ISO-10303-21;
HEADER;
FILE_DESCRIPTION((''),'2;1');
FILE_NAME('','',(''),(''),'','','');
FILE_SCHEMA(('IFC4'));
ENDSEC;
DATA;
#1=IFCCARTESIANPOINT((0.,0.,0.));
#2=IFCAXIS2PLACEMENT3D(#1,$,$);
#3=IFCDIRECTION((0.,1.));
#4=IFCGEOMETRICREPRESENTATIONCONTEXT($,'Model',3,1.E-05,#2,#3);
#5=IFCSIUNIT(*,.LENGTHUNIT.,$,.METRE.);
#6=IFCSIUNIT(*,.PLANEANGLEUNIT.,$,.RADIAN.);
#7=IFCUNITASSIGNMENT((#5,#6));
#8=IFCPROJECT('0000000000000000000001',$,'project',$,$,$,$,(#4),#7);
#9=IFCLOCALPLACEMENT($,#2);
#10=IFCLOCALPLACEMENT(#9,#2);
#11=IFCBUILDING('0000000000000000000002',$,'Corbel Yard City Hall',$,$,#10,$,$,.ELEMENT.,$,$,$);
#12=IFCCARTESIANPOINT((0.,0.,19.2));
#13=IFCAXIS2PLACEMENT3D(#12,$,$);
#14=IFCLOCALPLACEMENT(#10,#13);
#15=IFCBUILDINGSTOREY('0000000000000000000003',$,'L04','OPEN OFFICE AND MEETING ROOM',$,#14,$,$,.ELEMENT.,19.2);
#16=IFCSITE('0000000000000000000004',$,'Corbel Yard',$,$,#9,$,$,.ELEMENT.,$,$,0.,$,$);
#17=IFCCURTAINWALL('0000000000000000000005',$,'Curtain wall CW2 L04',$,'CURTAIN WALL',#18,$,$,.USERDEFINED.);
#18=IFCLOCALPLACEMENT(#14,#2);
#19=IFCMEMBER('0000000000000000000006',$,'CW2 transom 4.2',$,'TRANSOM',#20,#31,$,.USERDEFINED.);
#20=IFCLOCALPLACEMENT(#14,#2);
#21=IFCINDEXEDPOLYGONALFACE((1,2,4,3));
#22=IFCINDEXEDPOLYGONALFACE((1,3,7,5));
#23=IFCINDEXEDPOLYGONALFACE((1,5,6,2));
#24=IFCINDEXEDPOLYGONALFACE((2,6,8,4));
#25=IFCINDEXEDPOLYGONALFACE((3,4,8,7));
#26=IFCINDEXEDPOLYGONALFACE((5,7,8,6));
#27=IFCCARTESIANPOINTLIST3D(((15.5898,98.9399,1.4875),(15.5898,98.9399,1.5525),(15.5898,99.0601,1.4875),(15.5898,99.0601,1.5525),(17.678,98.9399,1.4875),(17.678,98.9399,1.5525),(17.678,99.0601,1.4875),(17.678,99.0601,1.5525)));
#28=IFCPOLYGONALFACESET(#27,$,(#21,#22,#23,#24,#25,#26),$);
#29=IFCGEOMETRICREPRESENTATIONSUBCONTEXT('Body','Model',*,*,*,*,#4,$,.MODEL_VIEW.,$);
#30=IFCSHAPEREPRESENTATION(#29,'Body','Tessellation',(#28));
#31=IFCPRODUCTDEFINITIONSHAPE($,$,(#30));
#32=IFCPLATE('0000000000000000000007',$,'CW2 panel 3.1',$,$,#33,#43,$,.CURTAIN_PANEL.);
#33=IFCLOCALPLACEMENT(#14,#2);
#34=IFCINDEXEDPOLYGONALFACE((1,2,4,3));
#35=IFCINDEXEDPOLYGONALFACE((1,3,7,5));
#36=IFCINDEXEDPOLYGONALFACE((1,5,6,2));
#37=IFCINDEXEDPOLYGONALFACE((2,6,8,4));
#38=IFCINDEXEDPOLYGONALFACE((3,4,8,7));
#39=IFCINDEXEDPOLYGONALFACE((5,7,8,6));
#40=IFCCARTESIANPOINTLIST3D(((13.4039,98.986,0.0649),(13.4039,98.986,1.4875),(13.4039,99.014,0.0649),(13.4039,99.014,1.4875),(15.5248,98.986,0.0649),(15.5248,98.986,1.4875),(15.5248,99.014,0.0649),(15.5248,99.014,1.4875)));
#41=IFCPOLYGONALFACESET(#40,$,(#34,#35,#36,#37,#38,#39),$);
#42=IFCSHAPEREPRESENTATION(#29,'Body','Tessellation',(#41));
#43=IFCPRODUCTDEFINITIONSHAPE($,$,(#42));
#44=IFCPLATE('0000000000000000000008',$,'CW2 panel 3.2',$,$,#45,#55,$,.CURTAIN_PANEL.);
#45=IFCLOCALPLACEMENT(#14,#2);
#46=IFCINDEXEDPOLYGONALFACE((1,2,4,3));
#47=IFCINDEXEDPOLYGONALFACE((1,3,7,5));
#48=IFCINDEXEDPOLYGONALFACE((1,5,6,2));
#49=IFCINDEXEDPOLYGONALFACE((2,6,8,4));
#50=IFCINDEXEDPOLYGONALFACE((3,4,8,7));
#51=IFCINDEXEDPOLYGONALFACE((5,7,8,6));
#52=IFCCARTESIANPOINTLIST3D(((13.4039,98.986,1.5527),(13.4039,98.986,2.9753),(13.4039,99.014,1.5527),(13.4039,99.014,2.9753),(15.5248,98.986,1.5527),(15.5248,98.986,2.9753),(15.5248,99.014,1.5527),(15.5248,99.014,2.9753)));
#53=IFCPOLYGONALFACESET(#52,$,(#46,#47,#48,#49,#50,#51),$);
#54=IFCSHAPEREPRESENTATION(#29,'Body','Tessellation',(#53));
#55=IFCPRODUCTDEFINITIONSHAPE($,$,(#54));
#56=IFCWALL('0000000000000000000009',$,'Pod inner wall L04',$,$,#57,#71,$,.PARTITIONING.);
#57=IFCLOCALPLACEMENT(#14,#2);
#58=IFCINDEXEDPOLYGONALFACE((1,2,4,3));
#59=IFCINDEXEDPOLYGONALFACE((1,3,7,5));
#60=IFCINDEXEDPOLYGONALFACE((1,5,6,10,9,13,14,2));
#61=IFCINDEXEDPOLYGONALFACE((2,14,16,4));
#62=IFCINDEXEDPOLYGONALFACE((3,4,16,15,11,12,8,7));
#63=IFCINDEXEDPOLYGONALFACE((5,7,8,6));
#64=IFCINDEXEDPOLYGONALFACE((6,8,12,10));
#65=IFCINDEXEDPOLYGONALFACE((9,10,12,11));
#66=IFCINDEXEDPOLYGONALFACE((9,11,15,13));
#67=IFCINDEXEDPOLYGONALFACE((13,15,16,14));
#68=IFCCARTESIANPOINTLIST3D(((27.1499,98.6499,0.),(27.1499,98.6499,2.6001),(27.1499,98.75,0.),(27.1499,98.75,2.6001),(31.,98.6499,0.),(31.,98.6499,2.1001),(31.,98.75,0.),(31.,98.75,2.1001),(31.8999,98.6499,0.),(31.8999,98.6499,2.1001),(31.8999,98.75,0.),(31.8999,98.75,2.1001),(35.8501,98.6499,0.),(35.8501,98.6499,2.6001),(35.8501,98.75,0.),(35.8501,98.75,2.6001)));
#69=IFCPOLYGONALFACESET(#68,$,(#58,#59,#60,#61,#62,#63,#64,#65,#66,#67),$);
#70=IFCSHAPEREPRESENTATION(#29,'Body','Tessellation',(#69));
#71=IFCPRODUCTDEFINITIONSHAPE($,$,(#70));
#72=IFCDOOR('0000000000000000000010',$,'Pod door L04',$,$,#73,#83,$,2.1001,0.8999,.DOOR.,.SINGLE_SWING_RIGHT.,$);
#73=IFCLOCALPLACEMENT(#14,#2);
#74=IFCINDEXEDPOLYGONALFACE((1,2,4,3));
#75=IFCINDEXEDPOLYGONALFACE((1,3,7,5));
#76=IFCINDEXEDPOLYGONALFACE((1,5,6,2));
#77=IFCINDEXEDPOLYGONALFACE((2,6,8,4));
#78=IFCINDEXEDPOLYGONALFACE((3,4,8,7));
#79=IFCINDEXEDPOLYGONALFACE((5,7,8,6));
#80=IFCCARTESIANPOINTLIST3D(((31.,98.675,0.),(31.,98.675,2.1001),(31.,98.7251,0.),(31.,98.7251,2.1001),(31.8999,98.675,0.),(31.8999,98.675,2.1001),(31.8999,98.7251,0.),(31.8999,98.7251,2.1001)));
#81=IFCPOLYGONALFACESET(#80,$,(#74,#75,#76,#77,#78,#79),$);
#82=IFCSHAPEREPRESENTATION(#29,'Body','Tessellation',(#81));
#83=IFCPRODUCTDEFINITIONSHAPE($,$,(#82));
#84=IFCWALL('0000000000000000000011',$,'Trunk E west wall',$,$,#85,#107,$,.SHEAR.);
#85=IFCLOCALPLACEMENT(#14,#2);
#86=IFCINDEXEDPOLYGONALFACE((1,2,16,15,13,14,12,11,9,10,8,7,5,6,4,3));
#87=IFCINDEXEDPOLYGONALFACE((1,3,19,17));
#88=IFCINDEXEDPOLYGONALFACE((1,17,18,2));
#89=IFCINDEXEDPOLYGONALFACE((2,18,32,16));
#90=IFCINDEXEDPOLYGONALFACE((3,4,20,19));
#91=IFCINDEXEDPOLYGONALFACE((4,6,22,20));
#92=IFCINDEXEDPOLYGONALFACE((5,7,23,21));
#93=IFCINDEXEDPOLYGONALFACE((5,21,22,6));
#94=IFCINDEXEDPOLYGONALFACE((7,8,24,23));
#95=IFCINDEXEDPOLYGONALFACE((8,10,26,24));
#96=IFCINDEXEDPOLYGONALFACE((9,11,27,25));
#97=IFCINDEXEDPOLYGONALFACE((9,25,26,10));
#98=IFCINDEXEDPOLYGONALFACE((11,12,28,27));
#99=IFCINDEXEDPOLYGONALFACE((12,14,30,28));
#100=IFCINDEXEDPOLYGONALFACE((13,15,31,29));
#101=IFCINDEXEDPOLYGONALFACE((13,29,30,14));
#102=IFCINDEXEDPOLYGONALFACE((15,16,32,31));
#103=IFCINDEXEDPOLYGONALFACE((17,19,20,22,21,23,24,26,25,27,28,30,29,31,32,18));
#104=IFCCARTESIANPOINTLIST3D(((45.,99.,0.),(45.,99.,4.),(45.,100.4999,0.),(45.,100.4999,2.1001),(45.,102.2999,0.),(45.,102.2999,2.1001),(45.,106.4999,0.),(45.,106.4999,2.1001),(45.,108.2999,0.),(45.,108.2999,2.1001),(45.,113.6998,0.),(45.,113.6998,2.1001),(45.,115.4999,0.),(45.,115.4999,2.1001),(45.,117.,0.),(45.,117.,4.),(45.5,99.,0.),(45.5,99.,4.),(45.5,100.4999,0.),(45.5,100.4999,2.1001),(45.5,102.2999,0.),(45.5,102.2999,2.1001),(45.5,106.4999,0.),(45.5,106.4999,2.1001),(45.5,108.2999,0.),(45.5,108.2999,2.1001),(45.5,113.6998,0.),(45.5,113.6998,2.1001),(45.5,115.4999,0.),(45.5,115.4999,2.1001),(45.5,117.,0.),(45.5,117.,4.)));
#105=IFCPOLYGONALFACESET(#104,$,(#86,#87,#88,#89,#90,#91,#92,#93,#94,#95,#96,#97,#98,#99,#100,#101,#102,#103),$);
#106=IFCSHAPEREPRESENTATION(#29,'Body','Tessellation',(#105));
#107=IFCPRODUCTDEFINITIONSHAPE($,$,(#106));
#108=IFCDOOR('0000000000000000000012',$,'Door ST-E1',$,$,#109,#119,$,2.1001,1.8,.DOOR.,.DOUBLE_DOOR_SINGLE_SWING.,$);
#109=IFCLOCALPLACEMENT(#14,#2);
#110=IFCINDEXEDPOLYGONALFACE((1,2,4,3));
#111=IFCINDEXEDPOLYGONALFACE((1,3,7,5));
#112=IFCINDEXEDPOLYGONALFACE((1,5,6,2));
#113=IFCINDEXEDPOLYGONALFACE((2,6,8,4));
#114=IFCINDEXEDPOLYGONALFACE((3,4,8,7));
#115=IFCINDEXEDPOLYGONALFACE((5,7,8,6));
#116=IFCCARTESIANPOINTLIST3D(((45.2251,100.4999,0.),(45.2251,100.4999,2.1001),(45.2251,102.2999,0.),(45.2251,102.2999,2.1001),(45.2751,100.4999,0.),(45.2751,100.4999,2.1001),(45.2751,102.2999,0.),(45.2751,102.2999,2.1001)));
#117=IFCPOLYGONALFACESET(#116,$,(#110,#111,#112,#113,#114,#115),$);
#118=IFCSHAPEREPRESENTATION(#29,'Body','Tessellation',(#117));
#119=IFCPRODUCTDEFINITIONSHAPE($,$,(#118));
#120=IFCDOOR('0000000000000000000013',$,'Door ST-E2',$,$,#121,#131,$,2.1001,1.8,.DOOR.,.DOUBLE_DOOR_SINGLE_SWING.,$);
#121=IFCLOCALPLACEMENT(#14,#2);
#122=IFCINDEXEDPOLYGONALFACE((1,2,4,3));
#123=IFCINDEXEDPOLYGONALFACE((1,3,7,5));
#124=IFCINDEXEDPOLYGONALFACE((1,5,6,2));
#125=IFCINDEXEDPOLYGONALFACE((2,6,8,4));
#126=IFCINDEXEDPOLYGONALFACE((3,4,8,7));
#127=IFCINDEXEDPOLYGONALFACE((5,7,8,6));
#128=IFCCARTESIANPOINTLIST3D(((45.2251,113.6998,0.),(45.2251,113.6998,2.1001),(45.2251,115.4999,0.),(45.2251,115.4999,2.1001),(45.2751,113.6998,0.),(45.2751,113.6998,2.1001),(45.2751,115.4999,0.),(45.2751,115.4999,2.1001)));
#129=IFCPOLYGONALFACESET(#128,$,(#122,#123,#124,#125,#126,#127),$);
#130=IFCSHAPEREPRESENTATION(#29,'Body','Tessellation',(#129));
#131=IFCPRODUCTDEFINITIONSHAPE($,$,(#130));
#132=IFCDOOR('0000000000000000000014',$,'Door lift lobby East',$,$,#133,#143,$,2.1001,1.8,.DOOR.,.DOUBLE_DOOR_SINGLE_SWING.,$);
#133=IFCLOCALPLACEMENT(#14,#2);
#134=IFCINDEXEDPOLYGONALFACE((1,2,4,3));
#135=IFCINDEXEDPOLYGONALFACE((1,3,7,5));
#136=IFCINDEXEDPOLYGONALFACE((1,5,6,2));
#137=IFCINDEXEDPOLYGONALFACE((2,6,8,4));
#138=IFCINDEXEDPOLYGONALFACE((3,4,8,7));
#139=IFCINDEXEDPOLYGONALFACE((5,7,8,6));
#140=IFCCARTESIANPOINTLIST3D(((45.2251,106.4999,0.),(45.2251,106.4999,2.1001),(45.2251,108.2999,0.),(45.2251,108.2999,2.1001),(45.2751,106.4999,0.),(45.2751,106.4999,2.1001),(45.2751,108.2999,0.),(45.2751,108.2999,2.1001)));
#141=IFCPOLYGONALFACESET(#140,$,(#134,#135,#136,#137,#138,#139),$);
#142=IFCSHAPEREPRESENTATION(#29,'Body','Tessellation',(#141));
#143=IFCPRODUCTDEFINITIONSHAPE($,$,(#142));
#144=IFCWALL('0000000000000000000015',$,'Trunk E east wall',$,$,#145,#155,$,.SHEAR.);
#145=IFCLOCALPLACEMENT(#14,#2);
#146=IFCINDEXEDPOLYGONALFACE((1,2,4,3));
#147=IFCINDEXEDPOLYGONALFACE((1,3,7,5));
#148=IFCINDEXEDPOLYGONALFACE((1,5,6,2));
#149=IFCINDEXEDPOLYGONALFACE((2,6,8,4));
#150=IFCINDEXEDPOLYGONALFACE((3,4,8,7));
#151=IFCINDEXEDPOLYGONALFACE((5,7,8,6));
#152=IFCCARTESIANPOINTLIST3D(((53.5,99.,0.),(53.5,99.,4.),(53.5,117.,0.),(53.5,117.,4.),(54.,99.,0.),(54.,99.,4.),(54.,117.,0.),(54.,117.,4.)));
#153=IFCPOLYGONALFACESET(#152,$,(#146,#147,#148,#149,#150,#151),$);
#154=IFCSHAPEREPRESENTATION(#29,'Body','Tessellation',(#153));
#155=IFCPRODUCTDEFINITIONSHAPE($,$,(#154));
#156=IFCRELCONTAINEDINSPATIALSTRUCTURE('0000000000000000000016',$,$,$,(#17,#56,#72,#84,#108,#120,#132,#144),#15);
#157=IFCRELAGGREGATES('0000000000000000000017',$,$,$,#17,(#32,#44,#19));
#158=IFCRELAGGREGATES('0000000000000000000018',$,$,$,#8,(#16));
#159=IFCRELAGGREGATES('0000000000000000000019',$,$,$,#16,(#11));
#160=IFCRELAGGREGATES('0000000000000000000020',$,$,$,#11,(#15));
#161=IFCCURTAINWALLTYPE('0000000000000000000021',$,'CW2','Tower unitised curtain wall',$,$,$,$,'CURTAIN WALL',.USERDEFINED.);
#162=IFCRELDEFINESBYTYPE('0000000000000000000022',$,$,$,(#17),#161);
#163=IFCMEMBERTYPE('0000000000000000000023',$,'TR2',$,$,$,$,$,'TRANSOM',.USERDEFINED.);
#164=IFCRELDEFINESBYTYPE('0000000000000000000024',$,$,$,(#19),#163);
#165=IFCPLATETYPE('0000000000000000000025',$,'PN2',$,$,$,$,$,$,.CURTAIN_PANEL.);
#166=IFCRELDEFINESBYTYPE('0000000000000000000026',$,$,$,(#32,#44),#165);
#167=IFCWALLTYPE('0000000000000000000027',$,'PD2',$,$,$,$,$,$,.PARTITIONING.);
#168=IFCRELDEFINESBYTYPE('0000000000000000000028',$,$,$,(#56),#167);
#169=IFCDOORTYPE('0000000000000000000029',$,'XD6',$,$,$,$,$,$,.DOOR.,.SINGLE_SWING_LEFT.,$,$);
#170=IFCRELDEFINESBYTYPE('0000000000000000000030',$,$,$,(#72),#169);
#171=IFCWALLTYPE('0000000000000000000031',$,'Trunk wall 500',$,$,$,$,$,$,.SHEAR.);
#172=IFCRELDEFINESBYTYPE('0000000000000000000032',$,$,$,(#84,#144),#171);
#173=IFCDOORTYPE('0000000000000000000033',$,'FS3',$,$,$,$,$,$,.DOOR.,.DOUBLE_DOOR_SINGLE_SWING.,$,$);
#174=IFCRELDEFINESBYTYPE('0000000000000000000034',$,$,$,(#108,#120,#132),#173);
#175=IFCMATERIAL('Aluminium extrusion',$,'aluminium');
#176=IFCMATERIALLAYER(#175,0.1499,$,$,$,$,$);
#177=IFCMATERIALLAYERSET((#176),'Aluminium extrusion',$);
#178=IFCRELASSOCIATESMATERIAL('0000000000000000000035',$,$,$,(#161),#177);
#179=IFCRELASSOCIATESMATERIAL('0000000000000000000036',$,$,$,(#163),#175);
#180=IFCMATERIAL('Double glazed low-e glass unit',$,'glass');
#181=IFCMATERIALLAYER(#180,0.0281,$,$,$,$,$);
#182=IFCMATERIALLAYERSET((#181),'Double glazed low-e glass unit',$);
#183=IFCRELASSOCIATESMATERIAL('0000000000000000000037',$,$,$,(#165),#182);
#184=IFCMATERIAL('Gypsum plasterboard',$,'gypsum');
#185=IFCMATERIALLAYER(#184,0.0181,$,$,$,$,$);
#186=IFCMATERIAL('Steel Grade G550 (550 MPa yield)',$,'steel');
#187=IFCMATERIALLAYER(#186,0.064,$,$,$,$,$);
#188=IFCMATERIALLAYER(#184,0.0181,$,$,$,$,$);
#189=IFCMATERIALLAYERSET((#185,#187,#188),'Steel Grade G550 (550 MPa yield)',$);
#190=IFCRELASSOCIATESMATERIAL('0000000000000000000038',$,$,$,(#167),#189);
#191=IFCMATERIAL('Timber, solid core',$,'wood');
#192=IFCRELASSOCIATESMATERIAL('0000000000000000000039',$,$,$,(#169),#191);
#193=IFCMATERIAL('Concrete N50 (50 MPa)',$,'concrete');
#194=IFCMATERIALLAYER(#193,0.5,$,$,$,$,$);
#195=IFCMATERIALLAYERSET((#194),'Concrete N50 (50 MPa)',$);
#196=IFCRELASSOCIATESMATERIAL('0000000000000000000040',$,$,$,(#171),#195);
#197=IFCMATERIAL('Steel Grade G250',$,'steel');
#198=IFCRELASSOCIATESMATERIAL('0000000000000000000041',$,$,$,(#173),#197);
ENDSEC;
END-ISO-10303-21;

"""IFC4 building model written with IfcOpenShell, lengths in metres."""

from ifc_helpers import new_model, si_unit, direction, frame, frame_2d, origin, origin_2d, place, context, subcontext, project, spatial, rectangle, extrude, material, layer, layer_set, material_profile, profile_set, type_object, element, fill, aggregate, save


model = new_model("IFC4")

# Units and contexts
model_context = context("Model", 3, precision=1e-05, world=origin(), true_north=direction((0.0, 1.0)))
body_context = subcontext(model_context, "Body", "Model", "MODEL_VIEW")
ifc_project = project(units=[si_unit("LENGTHUNIT", "METRE"), si_unit("PLANEANGLEUNIT", "RADIAN")], contexts=[model_context])

# Site, building, storey
site_placement = place(None, origin())
site = spatial("IfcSite", under=ifc_project, at=site_placement, Name="Corbel Yard", CompositionType="ELEMENT", RefElevation=0.0)
building_placement = place(site_placement, origin())
building = spatial("IfcBuilding", under=site, at=building_placement, Name="Corbel Yard City Hall", CompositionType="ELEMENT")
storey_placement = place(building_placement, frame((0.0, 0.0, 19.2)))
storey = spatial("IfcBuildingStorey", under=building, at=storey_placement, Name="L04", Description="OPEN OFFICE AND MEETING ROOM", CompositionType="ELEMENT", Elevation=19.2)

# Curtain wall, member, plates
ifc_material_1 = material(Name="Aluminium extrusion", Category="aluminium")
ifc_layer_1 = layer(ifc_material_1, 0.1499)
ifc_layer_set_1 = layer_set([ifc_layer_1], Name="Aluminium extrusion")
curtain_wall_type = type_object("IfcCurtainWallType", Name="CW2", Description="Tower unitised curtain wall", ElementType="CURTAIN WALL", PredefinedType="USERDEFINED", material=ifc_layer_set_1)
curtain_wall_placement = place(storey_placement, origin())
curtain_wall = element("IfcCurtainWall", 1, at=curtain_wall_placement, inside=storey, type_object=curtain_wall_type, Name="Curtain wall CW2 L04", ObjectType="CURTAIN WALL", PredefinedType="USERDEFINED")
ifc_material_profile_1 = material_profile(ifc_material_1, rectangle(XDim=0.1201, YDim=0.0649, at=origin_2d()), Name="120x65")
ifc_profile_set_1 = profile_set([ifc_material_profile_1], Name="Aluminium extrusion")
member_type_1 = type_object("IfcMemberType", Name="TR2", ElementType="TRANSOM", PredefinedType="USERDEFINED", material=ifc_profile_set_1)
member_1_placement = place(storey_placement, frame((15.5898, 99.0, 1.52), z_axis=(1.0, 0.0, 0.0), x_axis=(0.0, 1.0, 0.0)))
member_1 = element("IfcMember", 2, at=member_1_placement, type_object=member_type_1, Name="CW2 transom 4.2", ObjectType="TRANSOM", PredefinedType="USERDEFINED", context=body_context, shape_type="SweptSolid", body=[
    extrude(rectangle(XDim=0.1201, YDim=0.0649, at=origin_2d()), origin(), (0.0, 0.0, 1.0), 2.0881),
])
ifc_material_2 = material(Name="Double glazed low-e glass unit", Category="glass")
ifc_layer_2 = layer(ifc_material_2, 0.0281)
ifc_layer_set_2 = layer_set([ifc_layer_2], Name="Double glazed low-e glass unit")
plate_type = type_object("IfcPlateType", Name="PN2", PredefinedType="CURTAIN_PANEL", material=ifc_layer_set_2)
plate_1_placement = place(storey_placement, frame((14.4644, 99.0, 0.0649), z_axis=(0.0, 0.0, 1.0), x_axis=(1.0, 0.0, 0.0)))
plate_1 = element("IfcPlate", 3, at=plate_1_placement, type_object=plate_type, Name="CW2 panel 3.1", PredefinedType="CURTAIN_PANEL", context=body_context, shape_type="SweptSolid", body=[
    extrude(rectangle(XDim=2.1208, YDim=0.0281, at=origin_2d()), origin(), (0.0, 0.0, 1.0), 1.4226),
])
plate_2_placement = place(storey_placement, frame((14.4644, 99.0, 1.5527), z_axis=(0.0, 0.0, 1.0), x_axis=(1.0, 0.0, 0.0)))
plate_2 = element("IfcPlate", 4, at=plate_2_placement, type_object=plate_type, Name="CW2 panel 3.2", PredefinedType="CURTAIN_PANEL", context=body_context, shape_type="SweptSolid", body=[
    extrude(rectangle(XDim=2.1208, YDim=0.0281, at=origin_2d()), origin(), (0.0, 0.0, 1.0), 1.4226),
])
aggregate(curtain_wall, [plate_1, plate_2, member_1])

# Wall, opening, door
ifc_material_3 = material(Name="Gypsum plasterboard", Category="gypsum")
ifc_layer_3 = layer(ifc_material_3, 0.0181)
ifc_material_4 = material(Name="Steel Grade G550 (550 MPa yield)", Category="steel")
ifc_layer_4 = layer(ifc_material_4, 0.064)
ifc_layer_5 = layer(ifc_material_3, 0.0181)
ifc_layer_set_3 = layer_set([ifc_layer_3, ifc_layer_4, ifc_layer_5], Name="Steel Grade G550 (550 MPa yield)")
wall_type_1 = type_object("IfcWallType", Name="PD2", PredefinedType="PARTITIONING", material=ifc_layer_set_3)
wall_1_placement = place(storey_placement, frame((27.1499, 98.7, 0.0), z_axis=(0.0, 0.0, 1.0), x_axis=(1.0, 0.0, 0.0)))
wall_1 = element("IfcWall", 5, at=wall_1_placement, inside=storey, type_object=wall_type_1, Name="Pod inner wall L04", PredefinedType="PARTITIONING", context=body_context, shape_type="SweptSolid", body=[
    extrude(rectangle(XDim=8.7002, YDim=0.1001, at=frame_2d((4.3501, 0.0))), origin(), (0.0, 0.0, 1.0), 2.6001),
])
opening_1_placement = place(wall_1_placement, frame((3.8501, 0.0, 0.0)))
opening_1 = element("IfcOpeningElement", 6, at=opening_1_placement, cuts=wall_1, PredefinedType="OPENING", context=body_context, shape_type="SweptSolid", body=[
    extrude(rectangle(XDim=0.8999, YDim=2.1001, at=frame_2d((0.45, 1.05))), frame((0.0, 0.0601, 0.0), z_axis=(0.0, -1.0, 0.0), x_axis=(1.0, 0.0, 0.0)), (0.0, 0.0, 1.0), 0.1201),
])
ifc_material_5 = material(Name="Timber, solid core", Category="wood")
door_type_1 = type_object("IfcDoorType", Name="XD6", OperationType="SINGLE_SWING_LEFT", PredefinedType="DOOR", material=ifc_material_5)
door_1_placement = place(opening_1_placement, frame((0.8999, 0.0, 0.0), z_axis=(0.0, 0.0, 1.0), x_axis=(-1.0, 0.0, 0.0)))
door_1 = element("IfcDoor", 7, at=door_1_placement, inside=storey, type_object=door_type_1, Name="Pod door L04", OperationType="SINGLE_SWING_RIGHT", OverallHeight=2.1001, OverallWidth=0.8999, PredefinedType="DOOR", context=body_context, shape_type="SweptSolid", body=[
    extrude(rectangle(XDim=0.8999, YDim=2.1001, at=frame_2d((0.45, 1.05))), frame((0.0, 0.0249, 0.0), z_axis=(0.0, -1.0, 0.0), x_axis=(1.0, 0.0, 0.0)), (0.0, 0.0, 1.0), 0.05),
])
fill(opening_1, door_1)

# Wall, openings, doors
ifc_material_6 = material(Name="Concrete N50 (50 MPa)", Category="concrete")
ifc_layer_6 = layer(ifc_material_6, 0.5)
ifc_layer_set_4 = layer_set([ifc_layer_6], Name="Concrete N50 (50 MPa)")
wall_type_2 = type_object("IfcWallType", Name="Trunk wall 500", PredefinedType="SHEAR", material=ifc_layer_set_4)
wall_2_placement = place(storey_placement, frame((45.25, 99.0, 0.0), z_axis=(0.0, 0.0, 1.0), x_axis=(0.0, 1.0, 0.0)))
wall_2 = element("IfcWall", 8, at=wall_2_placement, inside=storey, type_object=wall_type_2, Name="Trunk E west wall", PredefinedType="SHEAR", context=body_context, shape_type="SweptSolid", body=[
    extrude(rectangle(XDim=18.0, YDim=0.5, at=frame_2d((9.0, 0.0))), origin(), (0.0, 0.0, 1.0), 4.0),
])
opening_2_placement = place(wall_2_placement, frame((1.5, 0.0, 0.0)))
opening_2 = element("IfcOpeningElement", 9, at=opening_2_placement, cuts=wall_2, PredefinedType="OPENING", context=body_context, shape_type="SweptSolid", body=[
    extrude(rectangle(XDim=1.8, YDim=2.1001, at=frame_2d((0.8999, 1.05))), frame((0.0, 0.26, 0.0), z_axis=(0.0, -1.0, 0.0), x_axis=(1.0, 0.0, 0.0)), (0.0, 0.0, 1.0), 0.52),
])
opening_3_placement = place(wall_2_placement, frame((14.7, 0.0, 0.0)))
opening_3 = element("IfcOpeningElement", 10, at=opening_3_placement, cuts=wall_2, PredefinedType="OPENING", context=body_context, shape_type="SweptSolid", body=[
    extrude(rectangle(XDim=1.8, YDim=2.1001, at=frame_2d((0.8999, 1.05))), frame((0.0, 0.26, 0.0), z_axis=(0.0, -1.0, 0.0), x_axis=(1.0, 0.0, 0.0)), (0.0, 0.0, 1.0), 0.52),
])
opening_4_placement = place(wall_2_placement, frame((7.5, 0.0, 0.0)))
opening_4 = element("IfcOpeningElement", 11, at=opening_4_placement, cuts=wall_2, PredefinedType="OPENING", context=body_context, shape_type="SweptSolid", body=[
    extrude(rectangle(XDim=1.8, YDim=2.1001, at=frame_2d((0.8999, 1.05))), frame((0.0, 0.26, 0.0), z_axis=(0.0, -1.0, 0.0), x_axis=(1.0, 0.0, 0.0)), (0.0, 0.0, 1.0), 0.52),
])
ifc_material_7 = material(Name="Steel Grade G250", Category="steel")
door_type_2 = type_object("IfcDoorType", Name="FS3", OperationType="DOUBLE_DOOR_SINGLE_SWING", PredefinedType="DOOR", material=ifc_material_7)
door_2_placement = place(opening_2_placement, origin())
door_2 = element("IfcDoor", 12, at=door_2_placement, inside=storey, type_object=door_type_2, Name="Door ST-E1", OperationType="DOUBLE_DOOR_SINGLE_SWING", OverallHeight=2.1001, OverallWidth=1.8, PredefinedType="DOOR", context=body_context, shape_type="SweptSolid", body=[
    extrude(rectangle(XDim=1.8, YDim=2.1001, at=frame_2d((0.8999, 1.05))), frame((0.0, 0.0249, 0.0), z_axis=(0.0, -1.0, 0.0), x_axis=(1.0, 0.0, 0.0)), (0.0, 0.0, 1.0), 0.05),
])
fill(opening_2, door_2)
door_3_placement = place(opening_3_placement, origin())
door_3 = element("IfcDoor", 13, at=door_3_placement, inside=storey, type_object=door_type_2, Name="Door ST-E2", OperationType="DOUBLE_DOOR_SINGLE_SWING", OverallHeight=2.1001, OverallWidth=1.8, PredefinedType="DOOR", context=body_context, shape_type="SweptSolid", body=[
    extrude(rectangle(XDim=1.8, YDim=2.1001, at=frame_2d((0.8999, 1.05))), frame((0.0, 0.0249, 0.0), z_axis=(0.0, -1.0, 0.0), x_axis=(1.0, 0.0, 0.0)), (0.0, 0.0, 1.0), 0.05),
])
fill(opening_3, door_3)
door_4_placement = place(opening_4_placement, origin())
door_4 = element("IfcDoor", 14, at=door_4_placement, inside=storey, type_object=door_type_2, Name="Door lift lobby East", OperationType="DOUBLE_DOOR_SINGLE_SWING", OverallHeight=2.1001, OverallWidth=1.8, PredefinedType="DOOR", context=body_context, shape_type="SweptSolid", body=[
    extrude(rectangle(XDim=1.8, YDim=2.1001, at=frame_2d((0.8999, 1.05))), frame((0.0, 0.0249, 0.0), z_axis=(0.0, -1.0, 0.0), x_axis=(1.0, 0.0, 0.0)), (0.0, 0.0, 1.0), 0.05),
])
fill(opening_4, door_4)

# Wall
wall_3_placement = place(storey_placement, frame((53.75, 99.0, 0.0), z_axis=(0.0, 0.0, 1.0), x_axis=(0.0, 1.0, 0.0)))
element("IfcWall", 15, at=wall_3_placement, inside=storey, type_object=wall_type_2, Name="Trunk E east wall", PredefinedType="SHEAR", context=body_context, shape_type="SweptSolid", body=[
    extrude(rectangle(XDim=18.0, YDim=0.5, at=frame_2d((9.0, 0.0))), origin(), (0.0, 0.0, 1.0), 4.0),
])

save(model, "model.ifc")
